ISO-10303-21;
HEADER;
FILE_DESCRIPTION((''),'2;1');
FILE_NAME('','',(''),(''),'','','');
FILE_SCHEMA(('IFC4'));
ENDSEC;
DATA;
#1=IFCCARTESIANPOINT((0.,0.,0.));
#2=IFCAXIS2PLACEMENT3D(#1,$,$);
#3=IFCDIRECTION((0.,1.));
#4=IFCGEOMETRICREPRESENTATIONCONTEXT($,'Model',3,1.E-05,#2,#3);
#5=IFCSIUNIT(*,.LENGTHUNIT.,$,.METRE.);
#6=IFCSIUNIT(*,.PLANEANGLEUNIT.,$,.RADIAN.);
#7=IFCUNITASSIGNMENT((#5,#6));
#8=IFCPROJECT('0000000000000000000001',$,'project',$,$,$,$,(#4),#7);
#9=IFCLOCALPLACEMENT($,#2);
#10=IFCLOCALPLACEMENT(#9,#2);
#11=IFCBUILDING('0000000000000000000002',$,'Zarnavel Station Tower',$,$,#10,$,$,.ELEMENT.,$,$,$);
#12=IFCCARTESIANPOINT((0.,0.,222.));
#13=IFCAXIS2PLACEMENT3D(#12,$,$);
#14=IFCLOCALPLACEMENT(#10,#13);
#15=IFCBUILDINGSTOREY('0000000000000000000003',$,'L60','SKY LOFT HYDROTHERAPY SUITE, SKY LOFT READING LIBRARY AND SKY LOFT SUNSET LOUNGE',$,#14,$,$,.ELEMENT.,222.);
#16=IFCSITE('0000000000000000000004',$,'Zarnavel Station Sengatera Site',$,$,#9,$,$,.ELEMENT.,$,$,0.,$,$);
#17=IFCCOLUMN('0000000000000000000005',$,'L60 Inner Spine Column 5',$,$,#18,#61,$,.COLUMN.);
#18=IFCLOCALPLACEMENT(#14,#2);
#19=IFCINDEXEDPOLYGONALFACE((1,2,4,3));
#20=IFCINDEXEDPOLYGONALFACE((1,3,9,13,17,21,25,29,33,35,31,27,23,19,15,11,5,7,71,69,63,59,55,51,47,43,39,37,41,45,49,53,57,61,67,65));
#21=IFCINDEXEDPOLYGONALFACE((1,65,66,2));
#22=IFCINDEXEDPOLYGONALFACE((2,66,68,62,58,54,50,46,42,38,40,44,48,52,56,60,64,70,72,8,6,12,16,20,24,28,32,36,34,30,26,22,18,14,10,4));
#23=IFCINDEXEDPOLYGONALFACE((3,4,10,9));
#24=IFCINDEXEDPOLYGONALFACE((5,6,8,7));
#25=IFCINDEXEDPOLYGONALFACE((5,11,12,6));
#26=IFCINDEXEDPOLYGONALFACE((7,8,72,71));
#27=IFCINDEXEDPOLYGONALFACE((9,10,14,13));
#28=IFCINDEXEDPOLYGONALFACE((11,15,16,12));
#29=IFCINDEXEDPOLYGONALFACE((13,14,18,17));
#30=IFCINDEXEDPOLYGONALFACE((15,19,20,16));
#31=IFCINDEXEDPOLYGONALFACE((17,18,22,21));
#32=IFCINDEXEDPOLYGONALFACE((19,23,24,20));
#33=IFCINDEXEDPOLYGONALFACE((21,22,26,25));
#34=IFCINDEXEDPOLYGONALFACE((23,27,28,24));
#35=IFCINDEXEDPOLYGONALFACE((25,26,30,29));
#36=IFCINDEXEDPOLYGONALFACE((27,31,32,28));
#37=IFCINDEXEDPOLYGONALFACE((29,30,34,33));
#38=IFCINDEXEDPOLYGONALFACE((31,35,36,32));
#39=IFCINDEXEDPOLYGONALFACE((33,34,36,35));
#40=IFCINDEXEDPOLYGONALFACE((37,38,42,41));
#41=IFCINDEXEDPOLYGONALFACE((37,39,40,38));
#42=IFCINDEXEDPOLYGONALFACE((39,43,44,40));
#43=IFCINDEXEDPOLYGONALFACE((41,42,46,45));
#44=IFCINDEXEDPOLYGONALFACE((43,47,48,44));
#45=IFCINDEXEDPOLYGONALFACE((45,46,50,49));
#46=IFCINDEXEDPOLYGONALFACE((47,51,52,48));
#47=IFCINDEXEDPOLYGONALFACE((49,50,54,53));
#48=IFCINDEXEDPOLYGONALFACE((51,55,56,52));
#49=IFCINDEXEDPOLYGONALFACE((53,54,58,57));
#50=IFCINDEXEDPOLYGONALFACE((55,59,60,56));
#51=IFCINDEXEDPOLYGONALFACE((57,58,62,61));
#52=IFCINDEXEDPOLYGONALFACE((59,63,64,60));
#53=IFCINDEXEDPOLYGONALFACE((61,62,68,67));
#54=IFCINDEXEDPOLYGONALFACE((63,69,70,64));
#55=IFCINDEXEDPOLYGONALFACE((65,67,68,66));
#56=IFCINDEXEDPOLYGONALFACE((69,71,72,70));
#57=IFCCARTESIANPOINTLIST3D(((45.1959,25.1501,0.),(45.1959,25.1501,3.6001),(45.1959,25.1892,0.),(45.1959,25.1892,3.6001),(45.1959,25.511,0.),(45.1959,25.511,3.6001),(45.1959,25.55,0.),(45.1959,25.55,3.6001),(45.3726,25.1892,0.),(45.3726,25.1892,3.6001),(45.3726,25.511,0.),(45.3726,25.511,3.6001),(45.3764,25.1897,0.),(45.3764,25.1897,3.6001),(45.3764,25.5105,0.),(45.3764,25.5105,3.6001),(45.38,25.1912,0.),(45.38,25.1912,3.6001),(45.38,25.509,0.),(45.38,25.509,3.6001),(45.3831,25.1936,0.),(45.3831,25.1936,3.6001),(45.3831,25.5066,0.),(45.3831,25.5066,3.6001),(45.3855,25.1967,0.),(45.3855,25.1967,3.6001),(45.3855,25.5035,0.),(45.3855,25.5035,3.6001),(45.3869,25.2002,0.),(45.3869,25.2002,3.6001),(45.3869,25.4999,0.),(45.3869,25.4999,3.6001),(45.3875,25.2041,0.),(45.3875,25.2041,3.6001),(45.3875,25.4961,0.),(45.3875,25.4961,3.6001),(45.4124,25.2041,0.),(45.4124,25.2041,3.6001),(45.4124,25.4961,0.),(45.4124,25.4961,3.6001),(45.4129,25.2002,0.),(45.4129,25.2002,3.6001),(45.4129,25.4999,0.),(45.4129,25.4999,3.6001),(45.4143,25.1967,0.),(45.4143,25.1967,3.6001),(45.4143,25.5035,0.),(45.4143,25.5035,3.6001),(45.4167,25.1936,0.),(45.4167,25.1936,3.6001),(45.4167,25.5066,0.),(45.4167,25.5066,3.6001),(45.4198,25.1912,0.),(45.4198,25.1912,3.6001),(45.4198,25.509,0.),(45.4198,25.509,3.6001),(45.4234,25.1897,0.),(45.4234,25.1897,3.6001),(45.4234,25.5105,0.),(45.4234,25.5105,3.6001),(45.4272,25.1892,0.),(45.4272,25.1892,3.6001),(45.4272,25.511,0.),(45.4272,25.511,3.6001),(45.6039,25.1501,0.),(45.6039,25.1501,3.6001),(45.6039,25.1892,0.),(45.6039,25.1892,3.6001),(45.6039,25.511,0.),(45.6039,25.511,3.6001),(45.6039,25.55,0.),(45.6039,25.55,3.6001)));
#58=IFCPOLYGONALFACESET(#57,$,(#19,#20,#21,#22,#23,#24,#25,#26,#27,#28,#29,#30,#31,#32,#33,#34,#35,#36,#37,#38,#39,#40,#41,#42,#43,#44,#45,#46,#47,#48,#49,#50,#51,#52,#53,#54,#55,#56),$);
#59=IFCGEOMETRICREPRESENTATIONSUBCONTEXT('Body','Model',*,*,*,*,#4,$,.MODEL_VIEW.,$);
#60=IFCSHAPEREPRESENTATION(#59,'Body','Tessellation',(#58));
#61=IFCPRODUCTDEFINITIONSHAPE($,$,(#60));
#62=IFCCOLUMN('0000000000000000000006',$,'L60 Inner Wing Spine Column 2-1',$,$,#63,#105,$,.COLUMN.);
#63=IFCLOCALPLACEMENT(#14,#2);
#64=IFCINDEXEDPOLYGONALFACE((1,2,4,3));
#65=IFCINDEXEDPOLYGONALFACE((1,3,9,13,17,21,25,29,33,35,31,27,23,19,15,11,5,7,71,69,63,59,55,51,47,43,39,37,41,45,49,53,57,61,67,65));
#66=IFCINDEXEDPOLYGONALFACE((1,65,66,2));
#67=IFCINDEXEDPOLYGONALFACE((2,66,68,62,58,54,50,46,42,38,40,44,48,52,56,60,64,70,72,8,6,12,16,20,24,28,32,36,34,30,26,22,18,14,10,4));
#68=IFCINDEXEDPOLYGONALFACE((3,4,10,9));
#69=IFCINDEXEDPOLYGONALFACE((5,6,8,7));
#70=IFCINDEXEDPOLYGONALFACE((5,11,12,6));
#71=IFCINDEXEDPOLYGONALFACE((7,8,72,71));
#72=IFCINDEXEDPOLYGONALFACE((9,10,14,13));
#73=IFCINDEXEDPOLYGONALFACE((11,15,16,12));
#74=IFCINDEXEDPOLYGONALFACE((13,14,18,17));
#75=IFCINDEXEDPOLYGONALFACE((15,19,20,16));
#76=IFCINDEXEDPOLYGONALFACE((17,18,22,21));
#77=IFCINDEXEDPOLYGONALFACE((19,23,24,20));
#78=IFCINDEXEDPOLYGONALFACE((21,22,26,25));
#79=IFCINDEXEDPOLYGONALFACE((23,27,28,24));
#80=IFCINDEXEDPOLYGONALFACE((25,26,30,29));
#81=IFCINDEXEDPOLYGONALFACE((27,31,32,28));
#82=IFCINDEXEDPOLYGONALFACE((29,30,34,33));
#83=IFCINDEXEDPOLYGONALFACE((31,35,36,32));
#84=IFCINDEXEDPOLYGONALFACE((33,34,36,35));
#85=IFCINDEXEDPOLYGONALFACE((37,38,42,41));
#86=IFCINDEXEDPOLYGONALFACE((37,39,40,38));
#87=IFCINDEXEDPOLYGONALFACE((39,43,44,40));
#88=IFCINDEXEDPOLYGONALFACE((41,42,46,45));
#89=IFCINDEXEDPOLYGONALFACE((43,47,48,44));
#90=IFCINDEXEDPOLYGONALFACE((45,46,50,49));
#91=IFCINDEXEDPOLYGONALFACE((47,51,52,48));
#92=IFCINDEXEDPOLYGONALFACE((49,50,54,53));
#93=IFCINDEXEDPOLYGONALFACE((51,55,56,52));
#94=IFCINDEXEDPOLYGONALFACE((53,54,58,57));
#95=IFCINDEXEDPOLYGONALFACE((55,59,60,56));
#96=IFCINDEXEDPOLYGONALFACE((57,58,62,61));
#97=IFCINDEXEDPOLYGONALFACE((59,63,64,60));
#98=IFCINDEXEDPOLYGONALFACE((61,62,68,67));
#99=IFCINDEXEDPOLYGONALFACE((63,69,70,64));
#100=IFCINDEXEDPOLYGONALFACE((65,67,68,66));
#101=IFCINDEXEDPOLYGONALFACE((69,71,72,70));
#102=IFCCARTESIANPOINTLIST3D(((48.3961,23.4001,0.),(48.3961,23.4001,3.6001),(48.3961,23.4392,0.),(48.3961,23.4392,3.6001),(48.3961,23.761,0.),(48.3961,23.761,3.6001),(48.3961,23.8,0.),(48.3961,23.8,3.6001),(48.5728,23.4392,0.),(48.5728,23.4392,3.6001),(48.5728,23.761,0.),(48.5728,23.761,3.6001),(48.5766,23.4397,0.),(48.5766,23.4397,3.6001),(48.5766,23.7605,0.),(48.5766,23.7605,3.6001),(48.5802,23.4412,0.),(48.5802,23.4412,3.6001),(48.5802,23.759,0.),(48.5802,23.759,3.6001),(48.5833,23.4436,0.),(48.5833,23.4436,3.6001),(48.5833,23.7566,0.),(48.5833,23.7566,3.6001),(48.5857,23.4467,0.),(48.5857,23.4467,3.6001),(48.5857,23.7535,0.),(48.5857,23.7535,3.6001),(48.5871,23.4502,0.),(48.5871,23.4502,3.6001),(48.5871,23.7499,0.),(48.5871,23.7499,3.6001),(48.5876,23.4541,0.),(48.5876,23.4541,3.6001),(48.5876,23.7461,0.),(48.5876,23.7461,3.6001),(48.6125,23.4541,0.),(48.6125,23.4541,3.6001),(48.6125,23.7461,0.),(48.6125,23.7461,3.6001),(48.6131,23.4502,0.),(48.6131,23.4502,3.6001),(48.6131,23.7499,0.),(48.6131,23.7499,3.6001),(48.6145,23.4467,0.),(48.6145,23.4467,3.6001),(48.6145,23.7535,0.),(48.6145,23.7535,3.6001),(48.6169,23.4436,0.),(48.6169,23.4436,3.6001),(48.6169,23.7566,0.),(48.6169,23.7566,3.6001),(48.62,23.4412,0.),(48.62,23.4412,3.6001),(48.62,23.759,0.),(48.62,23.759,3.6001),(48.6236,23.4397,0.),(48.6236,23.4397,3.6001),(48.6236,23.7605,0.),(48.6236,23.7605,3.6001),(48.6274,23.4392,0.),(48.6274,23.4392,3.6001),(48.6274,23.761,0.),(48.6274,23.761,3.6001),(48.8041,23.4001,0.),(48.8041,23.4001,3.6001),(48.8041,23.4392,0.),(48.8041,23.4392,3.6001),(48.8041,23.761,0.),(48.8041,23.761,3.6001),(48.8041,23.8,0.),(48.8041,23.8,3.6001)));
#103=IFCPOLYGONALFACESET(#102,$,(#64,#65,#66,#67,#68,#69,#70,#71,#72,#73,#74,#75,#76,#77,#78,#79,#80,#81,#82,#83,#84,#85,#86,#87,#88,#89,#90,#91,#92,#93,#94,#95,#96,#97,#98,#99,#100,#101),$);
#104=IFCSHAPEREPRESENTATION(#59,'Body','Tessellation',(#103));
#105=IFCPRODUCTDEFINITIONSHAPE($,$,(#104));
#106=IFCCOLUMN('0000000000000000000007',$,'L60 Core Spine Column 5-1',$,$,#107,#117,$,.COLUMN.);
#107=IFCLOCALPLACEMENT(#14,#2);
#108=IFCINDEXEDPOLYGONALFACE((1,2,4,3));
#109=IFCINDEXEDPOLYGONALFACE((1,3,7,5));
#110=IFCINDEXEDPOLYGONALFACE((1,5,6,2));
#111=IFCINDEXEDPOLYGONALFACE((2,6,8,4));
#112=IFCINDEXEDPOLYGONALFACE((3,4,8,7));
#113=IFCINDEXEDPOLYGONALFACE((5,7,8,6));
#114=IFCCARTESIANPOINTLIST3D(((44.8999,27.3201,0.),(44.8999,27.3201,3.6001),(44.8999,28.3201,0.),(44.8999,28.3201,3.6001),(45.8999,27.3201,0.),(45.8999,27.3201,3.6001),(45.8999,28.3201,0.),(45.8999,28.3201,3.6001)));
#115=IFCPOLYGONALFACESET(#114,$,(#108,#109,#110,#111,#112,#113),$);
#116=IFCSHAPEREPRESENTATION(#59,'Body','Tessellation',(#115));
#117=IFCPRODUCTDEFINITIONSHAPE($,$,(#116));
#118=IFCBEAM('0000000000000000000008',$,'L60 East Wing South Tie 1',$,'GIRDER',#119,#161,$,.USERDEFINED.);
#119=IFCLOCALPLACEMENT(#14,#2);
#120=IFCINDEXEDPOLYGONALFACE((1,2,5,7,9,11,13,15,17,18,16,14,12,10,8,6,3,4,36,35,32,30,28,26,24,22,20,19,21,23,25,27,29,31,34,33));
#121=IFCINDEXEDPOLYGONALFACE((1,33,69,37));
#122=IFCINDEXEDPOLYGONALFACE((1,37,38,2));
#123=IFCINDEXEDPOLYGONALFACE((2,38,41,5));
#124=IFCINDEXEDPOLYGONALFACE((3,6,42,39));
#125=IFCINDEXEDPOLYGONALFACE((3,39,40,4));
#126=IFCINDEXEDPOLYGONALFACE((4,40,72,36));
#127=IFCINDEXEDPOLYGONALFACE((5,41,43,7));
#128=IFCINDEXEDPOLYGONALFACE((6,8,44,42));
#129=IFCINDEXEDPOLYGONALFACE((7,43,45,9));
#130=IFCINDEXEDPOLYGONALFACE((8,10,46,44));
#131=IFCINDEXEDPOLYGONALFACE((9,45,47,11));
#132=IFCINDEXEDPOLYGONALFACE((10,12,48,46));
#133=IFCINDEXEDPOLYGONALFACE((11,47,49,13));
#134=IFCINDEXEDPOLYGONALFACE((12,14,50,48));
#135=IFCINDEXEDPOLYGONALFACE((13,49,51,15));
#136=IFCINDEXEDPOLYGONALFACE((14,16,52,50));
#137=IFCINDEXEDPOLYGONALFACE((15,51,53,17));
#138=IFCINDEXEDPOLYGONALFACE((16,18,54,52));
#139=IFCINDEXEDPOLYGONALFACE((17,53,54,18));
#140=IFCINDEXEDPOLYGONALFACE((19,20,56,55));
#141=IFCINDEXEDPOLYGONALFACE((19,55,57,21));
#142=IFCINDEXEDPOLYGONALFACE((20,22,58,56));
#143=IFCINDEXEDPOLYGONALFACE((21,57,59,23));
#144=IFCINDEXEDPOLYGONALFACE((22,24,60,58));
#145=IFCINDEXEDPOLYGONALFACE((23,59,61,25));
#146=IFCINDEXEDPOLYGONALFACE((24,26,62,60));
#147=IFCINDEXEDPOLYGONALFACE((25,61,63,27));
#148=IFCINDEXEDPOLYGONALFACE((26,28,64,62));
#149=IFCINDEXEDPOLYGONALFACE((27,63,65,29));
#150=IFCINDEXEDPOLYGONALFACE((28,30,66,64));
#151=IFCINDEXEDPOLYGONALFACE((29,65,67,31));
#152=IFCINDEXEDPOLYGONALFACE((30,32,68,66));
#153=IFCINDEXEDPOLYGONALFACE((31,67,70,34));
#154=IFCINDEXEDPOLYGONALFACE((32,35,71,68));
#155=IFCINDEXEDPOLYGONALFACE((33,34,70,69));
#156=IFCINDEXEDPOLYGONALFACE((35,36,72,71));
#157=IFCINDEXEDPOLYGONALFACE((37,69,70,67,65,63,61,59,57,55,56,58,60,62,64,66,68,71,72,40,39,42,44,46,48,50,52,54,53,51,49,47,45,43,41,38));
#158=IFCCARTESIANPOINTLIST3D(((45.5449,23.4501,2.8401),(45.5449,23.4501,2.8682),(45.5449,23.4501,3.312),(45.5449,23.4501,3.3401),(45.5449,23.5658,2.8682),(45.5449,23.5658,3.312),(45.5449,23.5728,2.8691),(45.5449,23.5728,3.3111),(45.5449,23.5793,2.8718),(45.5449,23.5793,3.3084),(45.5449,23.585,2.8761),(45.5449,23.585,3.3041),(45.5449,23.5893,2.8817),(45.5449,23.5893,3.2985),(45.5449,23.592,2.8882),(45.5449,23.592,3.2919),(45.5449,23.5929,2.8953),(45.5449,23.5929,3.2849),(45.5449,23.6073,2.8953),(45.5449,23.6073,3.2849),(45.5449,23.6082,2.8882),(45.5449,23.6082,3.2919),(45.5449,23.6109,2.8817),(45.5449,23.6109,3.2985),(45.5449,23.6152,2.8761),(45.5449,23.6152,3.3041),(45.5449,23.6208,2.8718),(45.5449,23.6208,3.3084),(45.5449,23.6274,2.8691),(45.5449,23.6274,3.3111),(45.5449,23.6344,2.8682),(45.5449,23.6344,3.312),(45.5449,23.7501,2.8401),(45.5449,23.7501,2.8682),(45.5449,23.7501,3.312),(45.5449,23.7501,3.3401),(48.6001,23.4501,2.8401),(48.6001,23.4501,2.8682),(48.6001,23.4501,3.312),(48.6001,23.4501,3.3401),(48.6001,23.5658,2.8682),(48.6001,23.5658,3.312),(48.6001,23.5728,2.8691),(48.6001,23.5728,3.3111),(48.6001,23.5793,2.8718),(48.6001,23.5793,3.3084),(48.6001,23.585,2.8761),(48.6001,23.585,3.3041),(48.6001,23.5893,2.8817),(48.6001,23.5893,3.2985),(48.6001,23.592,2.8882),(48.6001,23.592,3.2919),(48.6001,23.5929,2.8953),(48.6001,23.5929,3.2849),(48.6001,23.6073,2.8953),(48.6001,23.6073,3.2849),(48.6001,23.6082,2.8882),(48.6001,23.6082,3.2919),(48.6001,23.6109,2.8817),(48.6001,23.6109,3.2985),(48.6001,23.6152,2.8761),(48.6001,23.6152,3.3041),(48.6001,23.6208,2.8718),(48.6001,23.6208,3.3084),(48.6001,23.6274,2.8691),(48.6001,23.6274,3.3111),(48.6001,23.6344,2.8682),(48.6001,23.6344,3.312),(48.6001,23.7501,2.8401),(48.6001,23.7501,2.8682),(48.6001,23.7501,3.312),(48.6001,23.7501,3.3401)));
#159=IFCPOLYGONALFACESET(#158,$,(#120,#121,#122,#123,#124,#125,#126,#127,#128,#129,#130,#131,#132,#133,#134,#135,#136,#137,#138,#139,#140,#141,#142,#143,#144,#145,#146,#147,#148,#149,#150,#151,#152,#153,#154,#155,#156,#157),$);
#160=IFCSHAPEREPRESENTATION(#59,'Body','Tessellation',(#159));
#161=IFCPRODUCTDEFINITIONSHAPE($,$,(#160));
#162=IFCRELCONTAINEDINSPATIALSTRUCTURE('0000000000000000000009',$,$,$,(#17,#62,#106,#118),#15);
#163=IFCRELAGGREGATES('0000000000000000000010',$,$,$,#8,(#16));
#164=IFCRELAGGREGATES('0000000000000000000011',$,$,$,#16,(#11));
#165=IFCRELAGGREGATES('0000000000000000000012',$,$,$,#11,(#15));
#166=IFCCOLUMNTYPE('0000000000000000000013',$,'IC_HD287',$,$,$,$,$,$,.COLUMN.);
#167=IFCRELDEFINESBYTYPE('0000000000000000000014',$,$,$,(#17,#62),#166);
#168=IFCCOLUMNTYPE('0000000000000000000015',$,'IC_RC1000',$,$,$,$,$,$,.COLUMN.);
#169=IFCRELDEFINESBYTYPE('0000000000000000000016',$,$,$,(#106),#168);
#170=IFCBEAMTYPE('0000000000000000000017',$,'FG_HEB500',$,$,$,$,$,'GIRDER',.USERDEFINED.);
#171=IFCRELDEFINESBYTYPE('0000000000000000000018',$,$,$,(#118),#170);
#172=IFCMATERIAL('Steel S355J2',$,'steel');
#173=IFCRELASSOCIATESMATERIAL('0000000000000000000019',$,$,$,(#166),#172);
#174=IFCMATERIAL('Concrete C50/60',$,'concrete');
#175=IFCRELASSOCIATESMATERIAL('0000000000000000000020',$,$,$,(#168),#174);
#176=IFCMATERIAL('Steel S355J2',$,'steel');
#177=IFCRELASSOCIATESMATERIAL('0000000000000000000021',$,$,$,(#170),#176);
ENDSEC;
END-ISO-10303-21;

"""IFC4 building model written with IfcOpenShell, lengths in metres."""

from ifc_helpers import new_model, si_unit, direction, frame, origin, origin_2d, place, context, subcontext, project, spatial, rectangle, i_section, extrude, material, material_profile, profile_set, type_object, element, save


model = new_model("IFC4")

# Units and contexts
model_context = context("Model", 3, precision=1e-05, world=origin(), true_north=direction((0.0, 1.0)))
body_context = subcontext(model_context, "Body", "Model", "MODEL_VIEW")
ifc_project = project(units=[si_unit("LENGTHUNIT", "METRE"), si_unit("PLANEANGLEUNIT", "RADIAN")], contexts=[model_context])

# Site, building, storey
site_placement = place(None, origin())
site = spatial("IfcSite", under=ifc_project, at=site_placement, Name="Zarnavel Station Sengatera Site", CompositionType="ELEMENT", RefElevation=0.0)
building_placement = place(site_placement, origin())
building = spatial("IfcBuilding", under=site, at=building_placement, Name="Zarnavel Station Tower", CompositionType="ELEMENT")
storey_placement = place(building_placement, frame((0.0, 0.0, 222.0)))
storey = spatial("IfcBuildingStorey", under=building, at=storey_placement, Name="L60", Description="SKY LOFT HYDROTHERAPY SUITE, SKY LOFT READING LIBRARY AND SKY LOFT SUNSET LOUNGE", CompositionType="ELEMENT", Elevation=222.0)

# Columns
ifc_material_1 = material(Name="Steel S355J2", Category="steel")
ifc_material_profile_1 = material_profile(ifc_material_1, i_section(OverallWidth=0.408, OverallDepth=0.3999, WebThickness=0.0249, FlangeThickness=0.0391, FilletRadius=0.0149, at=origin_2d()), Name="HD400x287")
ifc_profile_set_1 = profile_set([ifc_material_profile_1], Name="Steel S355J2")
column_type_1 = type_object("IfcColumnType", Name="IC_HD287", PredefinedType="COLUMN", material=ifc_profile_set_1)
for number, where, z_axis, x_axis, name in (
    (1, (45.3999, 25.3501, 0.0), (0.0, 0.0, 1.0), (1.0, 0.0, 0.0), "L60 Inner Spine Column 5"),
    (2, (48.6001, 23.6001, 0.0), (0.0, 0.0, 1.0), (1.0, 0.0, 0.0), "L60 Inner Wing Spine Column 2-1"),
):
    element("IfcColumn", number, at=place(storey_placement, frame(where, z_axis=z_axis, x_axis=x_axis)), inside=storey, type_object=column_type_1, Name=name, PredefinedType="COLUMN", context=body_context, shape_type="SweptSolid", body=[
        extrude(i_section(OverallWidth=0.408, OverallDepth=0.3999, WebThickness=0.0249, FlangeThickness=0.0391, FilletRadius=0.0149, at=origin_2d()), origin(), (0.0, 0.0, 1.0), 3.6001),
    ])
ifc_material_2 = material(Name="Concrete C50/60", Category="concrete")
ifc_material_profile_2 = material_profile(ifc_material_2, rectangle(XDim=1.0, YDim=1.0, at=origin_2d()), Name="RC1000x1000")
ifc_profile_set_2 = profile_set([ifc_material_profile_2], Name="Concrete C50/60")
column_type_2 = type_object("IfcColumnType", Name="IC_RC1000", PredefinedType="COLUMN", material=ifc_profile_set_2)
column_placement = place(storey_placement, frame((45.3999, 27.8201, 0.0), z_axis=(0.0, 0.0, 1.0), x_axis=(1.0, 0.0, 0.0)))
element("IfcColumn", 3, at=column_placement, inside=storey, type_object=column_type_2, Name="L60 Core Spine Column 5-1", PredefinedType="COLUMN", context=body_context, shape_type="SweptSolid", body=[
    extrude(rectangle(XDim=1.0, YDim=1.0, at=origin_2d()), origin(), (0.0, 0.0, 1.0), 3.6001),
])

# Beam
ifc_material_3 = material(Name="Steel S355J2", Category="steel")
ifc_material_profile_3 = material_profile(ifc_material_3, i_section(OverallWidth=0.3, OverallDepth=0.5, WebThickness=0.0144, FlangeThickness=0.0281, FilletRadius=0.0271, at=origin_2d()), Name="HEB500")
ifc_profile_set_3 = profile_set([ifc_material_profile_3], Name="Steel S355J2")
beam_type_1 = type_object("IfcBeamType", Name="FG_HEB500", ElementType="GIRDER", PredefinedType="USERDEFINED", material=ifc_profile_set_3)
beam_1_placement = place(storey_placement, frame((45.5449, 23.6001, 3.0901), z_axis=(1.0, 0.0, 0.0), x_axis=(0.0, 1.0, 0.0)))
element("IfcBeam", 4, at=beam_1_placement, inside=storey, type_object=beam_type_1, Name="L60 East Wing South Tie 1", ObjectType="GIRDER", PredefinedType="USERDEFINED", context=body_context, shape_type="SweptSolid", body=[
    extrude(i_section(OverallWidth=0.3, OverallDepth=0.5, WebThickness=0.0144, FlangeThickness=0.0281, FilletRadius=0.0271, at=origin_2d()), origin(), (0.0, 0.0, 1.0), 3.0552),
])

save(model, "model.ifc")
